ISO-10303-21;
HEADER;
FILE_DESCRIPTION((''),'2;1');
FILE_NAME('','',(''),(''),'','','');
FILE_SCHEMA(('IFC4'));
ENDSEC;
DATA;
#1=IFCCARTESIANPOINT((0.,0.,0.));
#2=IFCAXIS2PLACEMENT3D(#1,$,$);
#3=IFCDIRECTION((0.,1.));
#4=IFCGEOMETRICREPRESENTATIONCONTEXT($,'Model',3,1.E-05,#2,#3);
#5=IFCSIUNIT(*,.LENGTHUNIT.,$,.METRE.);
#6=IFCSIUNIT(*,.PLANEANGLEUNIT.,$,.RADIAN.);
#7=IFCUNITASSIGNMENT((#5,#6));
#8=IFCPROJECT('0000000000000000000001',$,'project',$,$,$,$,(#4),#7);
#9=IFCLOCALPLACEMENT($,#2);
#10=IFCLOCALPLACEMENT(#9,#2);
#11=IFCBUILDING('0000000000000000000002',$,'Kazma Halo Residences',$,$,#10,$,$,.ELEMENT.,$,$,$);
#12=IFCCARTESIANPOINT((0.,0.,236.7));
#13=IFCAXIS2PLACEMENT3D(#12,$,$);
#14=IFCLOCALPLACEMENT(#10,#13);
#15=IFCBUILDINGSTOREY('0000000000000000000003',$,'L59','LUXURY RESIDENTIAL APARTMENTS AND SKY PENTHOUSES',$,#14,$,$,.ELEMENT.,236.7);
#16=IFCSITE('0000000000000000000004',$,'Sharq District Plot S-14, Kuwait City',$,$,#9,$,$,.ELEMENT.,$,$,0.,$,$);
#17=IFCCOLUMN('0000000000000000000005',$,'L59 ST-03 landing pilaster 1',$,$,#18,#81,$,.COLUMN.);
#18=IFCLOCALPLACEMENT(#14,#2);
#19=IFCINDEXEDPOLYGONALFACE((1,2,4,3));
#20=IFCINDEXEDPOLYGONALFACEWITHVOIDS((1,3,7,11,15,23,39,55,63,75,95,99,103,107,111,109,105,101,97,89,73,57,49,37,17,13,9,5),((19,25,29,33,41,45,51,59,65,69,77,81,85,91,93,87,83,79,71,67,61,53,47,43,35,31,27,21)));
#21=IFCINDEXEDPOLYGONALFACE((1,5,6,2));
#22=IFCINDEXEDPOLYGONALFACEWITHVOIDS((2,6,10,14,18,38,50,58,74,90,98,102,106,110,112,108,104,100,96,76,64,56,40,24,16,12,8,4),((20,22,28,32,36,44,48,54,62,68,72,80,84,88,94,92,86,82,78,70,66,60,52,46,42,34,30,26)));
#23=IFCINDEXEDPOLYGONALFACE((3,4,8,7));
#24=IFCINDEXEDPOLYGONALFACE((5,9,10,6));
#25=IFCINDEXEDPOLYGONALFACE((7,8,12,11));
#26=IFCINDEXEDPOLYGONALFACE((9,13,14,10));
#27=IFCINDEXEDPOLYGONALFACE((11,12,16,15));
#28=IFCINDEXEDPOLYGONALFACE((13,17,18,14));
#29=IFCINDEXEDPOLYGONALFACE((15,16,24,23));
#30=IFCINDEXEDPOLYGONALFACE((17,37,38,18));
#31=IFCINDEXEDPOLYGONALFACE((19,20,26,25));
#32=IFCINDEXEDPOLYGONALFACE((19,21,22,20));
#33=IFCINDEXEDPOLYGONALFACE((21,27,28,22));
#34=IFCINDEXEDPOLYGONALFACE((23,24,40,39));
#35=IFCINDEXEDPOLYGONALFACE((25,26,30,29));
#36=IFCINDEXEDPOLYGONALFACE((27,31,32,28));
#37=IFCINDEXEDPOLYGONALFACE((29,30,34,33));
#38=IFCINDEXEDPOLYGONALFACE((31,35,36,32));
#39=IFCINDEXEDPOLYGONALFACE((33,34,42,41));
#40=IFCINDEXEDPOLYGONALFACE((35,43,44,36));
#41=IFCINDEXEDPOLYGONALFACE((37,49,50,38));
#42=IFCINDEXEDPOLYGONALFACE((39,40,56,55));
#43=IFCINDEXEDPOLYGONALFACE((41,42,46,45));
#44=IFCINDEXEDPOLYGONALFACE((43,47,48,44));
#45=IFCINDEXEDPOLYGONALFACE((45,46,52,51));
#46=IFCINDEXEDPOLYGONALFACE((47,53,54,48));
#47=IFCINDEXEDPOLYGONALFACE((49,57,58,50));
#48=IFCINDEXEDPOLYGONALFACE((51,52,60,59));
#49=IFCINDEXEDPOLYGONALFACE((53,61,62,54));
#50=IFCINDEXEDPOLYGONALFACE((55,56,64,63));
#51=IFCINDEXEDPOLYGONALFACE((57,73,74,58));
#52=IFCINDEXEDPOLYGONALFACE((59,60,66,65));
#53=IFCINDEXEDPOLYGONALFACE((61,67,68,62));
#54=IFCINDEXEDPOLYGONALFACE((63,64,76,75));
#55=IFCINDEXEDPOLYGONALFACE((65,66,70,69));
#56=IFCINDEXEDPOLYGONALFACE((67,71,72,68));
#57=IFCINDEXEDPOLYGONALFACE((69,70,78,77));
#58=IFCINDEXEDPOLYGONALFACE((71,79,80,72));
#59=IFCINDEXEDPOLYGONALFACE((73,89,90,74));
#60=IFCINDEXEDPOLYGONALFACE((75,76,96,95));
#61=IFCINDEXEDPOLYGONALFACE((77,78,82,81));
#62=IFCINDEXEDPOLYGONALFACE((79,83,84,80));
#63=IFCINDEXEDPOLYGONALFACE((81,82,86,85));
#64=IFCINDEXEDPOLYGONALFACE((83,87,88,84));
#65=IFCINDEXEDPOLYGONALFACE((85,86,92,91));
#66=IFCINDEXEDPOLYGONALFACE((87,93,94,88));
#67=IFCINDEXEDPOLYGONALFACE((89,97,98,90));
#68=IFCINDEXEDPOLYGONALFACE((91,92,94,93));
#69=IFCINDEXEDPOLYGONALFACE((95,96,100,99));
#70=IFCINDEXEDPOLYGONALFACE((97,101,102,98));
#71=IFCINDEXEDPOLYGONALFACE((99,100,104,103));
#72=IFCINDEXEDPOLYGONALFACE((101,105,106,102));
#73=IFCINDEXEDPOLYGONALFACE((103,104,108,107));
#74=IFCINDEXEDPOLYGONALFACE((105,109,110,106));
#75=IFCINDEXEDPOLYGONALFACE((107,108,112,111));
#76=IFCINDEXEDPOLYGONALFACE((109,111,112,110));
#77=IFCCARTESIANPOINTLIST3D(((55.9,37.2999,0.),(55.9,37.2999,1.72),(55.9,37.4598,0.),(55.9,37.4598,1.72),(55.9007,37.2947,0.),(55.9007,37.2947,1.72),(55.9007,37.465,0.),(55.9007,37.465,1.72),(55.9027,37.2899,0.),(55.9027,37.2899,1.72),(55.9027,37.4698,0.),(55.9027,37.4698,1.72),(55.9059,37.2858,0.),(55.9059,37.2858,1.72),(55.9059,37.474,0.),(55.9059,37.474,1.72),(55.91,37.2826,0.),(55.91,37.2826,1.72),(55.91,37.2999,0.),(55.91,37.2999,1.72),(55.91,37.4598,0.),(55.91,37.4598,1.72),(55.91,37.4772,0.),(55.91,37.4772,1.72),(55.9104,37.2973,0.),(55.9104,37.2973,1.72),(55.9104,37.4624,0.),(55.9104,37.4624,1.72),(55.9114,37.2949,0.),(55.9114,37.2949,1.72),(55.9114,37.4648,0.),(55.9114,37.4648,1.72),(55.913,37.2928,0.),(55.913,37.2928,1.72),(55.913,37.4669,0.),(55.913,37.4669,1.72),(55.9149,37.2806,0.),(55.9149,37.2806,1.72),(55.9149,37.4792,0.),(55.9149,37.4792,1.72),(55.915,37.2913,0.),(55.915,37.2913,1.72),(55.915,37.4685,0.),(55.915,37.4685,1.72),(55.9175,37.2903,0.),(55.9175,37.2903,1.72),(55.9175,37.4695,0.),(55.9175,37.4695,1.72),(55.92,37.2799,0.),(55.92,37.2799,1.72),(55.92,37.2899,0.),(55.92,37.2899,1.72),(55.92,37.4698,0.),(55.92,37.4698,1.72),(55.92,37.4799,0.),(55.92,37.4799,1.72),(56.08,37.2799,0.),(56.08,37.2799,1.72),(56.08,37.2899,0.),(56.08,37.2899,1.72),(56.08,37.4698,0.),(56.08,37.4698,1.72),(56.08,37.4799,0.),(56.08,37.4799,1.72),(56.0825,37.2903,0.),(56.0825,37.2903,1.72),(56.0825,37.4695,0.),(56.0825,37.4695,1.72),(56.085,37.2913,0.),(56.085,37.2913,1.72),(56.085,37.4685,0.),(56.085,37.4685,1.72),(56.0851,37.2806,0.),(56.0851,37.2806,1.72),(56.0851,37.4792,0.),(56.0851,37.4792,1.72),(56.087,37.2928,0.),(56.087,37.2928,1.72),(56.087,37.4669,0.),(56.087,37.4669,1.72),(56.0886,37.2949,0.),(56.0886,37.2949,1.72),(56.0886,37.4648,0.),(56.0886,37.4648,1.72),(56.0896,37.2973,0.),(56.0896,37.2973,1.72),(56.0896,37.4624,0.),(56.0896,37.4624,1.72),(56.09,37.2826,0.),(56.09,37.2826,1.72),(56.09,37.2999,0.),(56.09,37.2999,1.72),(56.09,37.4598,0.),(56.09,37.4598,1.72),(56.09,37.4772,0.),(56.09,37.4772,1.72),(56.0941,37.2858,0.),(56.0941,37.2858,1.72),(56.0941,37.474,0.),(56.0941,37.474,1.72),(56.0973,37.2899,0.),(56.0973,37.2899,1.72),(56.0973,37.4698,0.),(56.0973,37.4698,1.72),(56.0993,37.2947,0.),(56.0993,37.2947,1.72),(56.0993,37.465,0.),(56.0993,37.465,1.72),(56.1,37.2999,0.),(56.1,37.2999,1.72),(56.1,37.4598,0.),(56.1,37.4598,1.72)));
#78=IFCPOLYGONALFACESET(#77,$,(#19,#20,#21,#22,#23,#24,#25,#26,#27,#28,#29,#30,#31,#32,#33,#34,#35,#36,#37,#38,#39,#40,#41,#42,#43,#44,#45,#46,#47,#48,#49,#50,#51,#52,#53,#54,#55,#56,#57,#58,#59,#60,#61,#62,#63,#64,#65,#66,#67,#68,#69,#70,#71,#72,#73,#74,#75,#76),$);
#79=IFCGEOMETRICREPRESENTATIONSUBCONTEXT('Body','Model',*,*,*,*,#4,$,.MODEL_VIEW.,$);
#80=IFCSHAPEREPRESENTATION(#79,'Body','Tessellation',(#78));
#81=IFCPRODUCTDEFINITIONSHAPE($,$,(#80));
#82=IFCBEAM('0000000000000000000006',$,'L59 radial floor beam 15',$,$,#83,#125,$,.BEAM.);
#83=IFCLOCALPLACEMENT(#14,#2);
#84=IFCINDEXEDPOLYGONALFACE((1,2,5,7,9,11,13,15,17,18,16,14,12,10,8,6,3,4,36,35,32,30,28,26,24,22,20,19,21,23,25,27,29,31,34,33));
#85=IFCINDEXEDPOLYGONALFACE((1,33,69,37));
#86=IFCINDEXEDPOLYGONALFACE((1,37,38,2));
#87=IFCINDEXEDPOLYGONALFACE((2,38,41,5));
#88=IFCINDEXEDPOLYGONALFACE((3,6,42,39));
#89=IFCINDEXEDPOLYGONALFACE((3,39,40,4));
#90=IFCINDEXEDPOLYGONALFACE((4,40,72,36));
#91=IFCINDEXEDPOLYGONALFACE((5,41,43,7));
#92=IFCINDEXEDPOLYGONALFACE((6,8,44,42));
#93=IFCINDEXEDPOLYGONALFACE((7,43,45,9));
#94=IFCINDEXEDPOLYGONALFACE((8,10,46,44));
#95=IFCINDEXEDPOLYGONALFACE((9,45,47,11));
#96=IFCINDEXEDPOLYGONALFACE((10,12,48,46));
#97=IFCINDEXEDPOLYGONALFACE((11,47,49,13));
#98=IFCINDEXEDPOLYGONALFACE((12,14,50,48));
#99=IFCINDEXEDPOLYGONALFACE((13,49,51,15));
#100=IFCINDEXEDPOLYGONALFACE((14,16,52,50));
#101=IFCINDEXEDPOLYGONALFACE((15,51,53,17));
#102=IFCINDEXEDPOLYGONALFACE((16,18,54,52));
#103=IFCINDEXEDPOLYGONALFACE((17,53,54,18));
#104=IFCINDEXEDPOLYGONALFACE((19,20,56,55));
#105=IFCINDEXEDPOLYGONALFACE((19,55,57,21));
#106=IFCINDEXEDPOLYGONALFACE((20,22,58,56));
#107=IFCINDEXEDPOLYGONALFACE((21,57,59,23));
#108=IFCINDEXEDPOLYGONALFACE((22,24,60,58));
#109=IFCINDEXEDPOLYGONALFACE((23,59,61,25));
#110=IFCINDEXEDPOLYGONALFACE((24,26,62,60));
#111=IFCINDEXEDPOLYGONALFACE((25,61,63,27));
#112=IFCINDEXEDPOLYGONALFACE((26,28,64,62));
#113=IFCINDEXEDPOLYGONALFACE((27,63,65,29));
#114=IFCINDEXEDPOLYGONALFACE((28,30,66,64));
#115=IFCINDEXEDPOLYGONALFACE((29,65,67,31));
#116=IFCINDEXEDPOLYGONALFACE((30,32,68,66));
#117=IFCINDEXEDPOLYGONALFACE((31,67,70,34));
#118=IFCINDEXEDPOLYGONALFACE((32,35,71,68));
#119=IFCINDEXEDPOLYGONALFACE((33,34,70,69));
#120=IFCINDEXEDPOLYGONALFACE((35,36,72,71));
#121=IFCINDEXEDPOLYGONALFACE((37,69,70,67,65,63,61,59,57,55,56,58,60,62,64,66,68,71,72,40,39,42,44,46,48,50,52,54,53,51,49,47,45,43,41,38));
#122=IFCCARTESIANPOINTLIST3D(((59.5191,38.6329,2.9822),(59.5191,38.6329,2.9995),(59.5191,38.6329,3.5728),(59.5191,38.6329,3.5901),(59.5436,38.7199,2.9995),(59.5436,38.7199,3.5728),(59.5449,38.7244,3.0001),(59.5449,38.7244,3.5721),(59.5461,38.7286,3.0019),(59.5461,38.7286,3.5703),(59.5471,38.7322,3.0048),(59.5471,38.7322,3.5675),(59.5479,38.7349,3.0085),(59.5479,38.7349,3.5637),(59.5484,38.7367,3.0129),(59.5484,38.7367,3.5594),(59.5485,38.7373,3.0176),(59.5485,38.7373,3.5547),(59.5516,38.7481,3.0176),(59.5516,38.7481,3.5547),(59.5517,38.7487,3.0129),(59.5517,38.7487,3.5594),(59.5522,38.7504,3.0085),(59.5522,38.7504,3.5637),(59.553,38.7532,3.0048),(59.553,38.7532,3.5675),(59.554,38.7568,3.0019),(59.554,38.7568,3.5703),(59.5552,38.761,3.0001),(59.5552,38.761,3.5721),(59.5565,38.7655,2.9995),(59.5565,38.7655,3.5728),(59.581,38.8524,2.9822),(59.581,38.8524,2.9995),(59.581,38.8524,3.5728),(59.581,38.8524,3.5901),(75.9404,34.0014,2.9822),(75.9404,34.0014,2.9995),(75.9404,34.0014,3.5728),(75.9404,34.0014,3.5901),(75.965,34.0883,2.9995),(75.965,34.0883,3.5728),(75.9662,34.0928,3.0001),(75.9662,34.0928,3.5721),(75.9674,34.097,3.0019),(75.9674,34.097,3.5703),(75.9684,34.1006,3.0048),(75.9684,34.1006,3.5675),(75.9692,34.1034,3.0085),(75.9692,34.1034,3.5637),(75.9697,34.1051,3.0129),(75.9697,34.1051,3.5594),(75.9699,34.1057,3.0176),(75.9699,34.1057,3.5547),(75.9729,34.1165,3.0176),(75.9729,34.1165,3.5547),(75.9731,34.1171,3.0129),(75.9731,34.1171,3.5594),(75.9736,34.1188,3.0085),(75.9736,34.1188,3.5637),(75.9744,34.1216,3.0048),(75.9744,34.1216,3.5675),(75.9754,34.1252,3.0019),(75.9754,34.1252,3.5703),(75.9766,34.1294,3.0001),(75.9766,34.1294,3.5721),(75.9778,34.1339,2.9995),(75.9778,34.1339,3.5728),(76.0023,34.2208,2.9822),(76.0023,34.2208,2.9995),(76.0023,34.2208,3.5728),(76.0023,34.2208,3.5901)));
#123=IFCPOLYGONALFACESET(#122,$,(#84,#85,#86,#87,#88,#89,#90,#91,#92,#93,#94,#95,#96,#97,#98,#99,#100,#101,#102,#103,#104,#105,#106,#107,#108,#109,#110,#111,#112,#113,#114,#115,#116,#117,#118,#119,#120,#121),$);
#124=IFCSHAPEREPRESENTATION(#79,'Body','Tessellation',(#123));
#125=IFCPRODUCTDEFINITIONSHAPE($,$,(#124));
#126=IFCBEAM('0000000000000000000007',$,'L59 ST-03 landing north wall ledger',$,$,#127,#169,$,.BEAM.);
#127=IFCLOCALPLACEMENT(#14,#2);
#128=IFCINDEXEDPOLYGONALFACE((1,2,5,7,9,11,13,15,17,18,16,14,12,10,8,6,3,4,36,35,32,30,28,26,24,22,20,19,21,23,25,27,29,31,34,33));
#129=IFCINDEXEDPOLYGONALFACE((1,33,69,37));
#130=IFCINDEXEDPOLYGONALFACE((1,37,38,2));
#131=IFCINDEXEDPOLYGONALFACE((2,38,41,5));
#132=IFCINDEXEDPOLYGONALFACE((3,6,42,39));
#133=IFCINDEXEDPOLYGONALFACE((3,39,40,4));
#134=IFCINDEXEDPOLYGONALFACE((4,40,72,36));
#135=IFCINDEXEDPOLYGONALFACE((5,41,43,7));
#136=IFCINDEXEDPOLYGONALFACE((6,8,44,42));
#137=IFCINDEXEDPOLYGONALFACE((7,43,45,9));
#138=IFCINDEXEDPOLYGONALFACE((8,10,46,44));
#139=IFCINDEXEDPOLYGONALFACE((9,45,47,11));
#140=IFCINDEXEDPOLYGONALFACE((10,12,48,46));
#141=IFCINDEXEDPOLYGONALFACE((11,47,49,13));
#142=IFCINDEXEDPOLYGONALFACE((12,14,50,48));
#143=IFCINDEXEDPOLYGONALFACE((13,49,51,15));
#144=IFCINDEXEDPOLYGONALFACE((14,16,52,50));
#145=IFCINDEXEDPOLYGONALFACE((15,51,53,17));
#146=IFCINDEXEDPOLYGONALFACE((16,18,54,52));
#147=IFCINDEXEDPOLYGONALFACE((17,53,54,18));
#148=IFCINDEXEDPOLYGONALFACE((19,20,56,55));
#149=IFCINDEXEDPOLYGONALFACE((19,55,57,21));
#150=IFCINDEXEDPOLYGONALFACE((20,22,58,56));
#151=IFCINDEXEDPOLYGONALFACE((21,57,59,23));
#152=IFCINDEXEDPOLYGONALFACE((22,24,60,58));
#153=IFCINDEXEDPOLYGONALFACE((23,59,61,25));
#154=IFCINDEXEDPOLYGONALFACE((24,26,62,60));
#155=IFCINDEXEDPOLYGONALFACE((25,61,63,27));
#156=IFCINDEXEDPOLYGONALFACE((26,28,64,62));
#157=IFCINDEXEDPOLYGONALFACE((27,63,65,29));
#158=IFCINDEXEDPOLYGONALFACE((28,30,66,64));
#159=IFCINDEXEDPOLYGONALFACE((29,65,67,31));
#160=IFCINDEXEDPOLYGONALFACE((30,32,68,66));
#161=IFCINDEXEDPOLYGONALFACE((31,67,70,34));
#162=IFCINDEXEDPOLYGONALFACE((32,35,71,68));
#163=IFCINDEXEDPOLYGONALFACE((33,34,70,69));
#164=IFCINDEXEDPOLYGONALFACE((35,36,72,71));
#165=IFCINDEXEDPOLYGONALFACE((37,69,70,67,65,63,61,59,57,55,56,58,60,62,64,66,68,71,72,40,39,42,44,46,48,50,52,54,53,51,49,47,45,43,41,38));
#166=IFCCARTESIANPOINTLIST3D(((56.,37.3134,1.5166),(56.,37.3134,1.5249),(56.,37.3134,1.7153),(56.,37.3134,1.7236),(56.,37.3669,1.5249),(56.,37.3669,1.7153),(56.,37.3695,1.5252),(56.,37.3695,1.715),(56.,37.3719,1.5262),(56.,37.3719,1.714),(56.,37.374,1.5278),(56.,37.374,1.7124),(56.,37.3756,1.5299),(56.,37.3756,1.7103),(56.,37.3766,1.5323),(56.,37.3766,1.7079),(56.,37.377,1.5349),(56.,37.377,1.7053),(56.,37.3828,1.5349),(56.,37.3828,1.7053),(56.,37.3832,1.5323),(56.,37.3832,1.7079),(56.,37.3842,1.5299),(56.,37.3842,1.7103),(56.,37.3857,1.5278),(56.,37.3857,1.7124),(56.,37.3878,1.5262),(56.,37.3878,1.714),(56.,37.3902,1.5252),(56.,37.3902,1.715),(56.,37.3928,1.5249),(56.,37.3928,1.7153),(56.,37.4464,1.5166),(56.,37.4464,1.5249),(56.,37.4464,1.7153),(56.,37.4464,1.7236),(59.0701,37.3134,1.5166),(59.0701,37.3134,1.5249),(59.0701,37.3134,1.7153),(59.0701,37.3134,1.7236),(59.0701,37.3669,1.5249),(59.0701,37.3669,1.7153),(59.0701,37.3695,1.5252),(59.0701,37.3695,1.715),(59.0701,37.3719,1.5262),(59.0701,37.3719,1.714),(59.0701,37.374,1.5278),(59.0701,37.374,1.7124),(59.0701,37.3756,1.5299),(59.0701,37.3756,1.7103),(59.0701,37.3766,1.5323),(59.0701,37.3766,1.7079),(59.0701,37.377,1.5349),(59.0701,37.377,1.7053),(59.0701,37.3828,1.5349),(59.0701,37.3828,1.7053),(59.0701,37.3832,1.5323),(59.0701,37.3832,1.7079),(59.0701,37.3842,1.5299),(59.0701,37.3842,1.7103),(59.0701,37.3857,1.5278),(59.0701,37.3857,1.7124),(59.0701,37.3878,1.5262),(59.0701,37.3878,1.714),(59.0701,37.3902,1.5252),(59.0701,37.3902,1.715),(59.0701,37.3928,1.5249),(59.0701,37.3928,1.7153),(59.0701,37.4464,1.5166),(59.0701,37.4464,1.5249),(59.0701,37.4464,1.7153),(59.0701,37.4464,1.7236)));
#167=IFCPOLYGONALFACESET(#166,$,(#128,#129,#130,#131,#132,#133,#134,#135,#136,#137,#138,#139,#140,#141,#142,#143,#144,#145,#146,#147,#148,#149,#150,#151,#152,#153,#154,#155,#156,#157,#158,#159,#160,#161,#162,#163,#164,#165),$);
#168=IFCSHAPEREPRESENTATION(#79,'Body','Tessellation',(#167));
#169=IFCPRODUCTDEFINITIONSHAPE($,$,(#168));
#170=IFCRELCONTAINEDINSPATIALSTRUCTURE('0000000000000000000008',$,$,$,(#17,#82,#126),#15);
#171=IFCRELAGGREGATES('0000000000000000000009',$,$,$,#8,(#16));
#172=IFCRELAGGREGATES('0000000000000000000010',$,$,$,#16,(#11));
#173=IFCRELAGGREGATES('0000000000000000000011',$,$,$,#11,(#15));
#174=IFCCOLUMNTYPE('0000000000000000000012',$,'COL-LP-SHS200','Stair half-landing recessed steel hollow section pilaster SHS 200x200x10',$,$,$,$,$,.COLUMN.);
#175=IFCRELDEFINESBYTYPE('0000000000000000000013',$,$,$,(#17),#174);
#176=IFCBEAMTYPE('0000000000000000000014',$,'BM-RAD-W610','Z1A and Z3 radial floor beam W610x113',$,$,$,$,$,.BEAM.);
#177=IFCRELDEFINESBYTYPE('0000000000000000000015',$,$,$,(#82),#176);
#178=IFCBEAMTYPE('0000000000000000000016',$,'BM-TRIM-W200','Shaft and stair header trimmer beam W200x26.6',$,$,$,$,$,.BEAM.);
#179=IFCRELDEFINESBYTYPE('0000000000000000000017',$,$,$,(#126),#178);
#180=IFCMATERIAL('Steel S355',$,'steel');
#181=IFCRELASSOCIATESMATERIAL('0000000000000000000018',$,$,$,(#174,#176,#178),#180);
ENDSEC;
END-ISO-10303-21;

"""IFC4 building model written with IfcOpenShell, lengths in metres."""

from ifc_helpers import new_model, si_unit, direction, frame, origin, origin_2d, place, context, subcontext, project, spatial, hollow_rectangle, i_section, extrude, material, material_profile, profile_set, type_object, element, save


model = new_model("IFC4")

# Units and contexts
model_context = context("Model", 3, precision=1e-05, world=origin(), true_north=direction((0.0, 1.0)))
body_context = subcontext(model_context, "Body", "Model", "MODEL_VIEW")
ifc_project = project(units=[si_unit("LENGTHUNIT", "METRE"), si_unit("PLANEANGLEUNIT", "RADIAN")], contexts=[model_context])

# Site, building, storey
site_placement = place(None, origin())
site = spatial("IfcSite", under=ifc_project, at=site_placement, Name="Sharq District Plot S-14, Kuwait City", CompositionType="ELEMENT", RefElevation=0.0)
building_placement = place(site_placement, origin())
building = spatial("IfcBuilding", under=site, at=building_placement, Name="Kazma Halo Residences", CompositionType="ELEMENT")
storey_placement = place(building_placement, frame((0.0, 0.0, 236.7)))
storey = spatial("IfcBuildingStorey", under=building, at=storey_placement, Name="L59", Description="LUXURY RESIDENTIAL APARTMENTS AND SKY PENTHOUSES", CompositionType="ELEMENT", Elevation=236.7)

# Column
ifc_material_1 = material(Name="Steel S355", Category="steel")
ifc_material_profile_1 = material_profile(ifc_material_1, hollow_rectangle(XDim=0.2, YDim=0.2, WallThickness=0.01, InnerFilletRadius=0.01, OuterFilletRadius=0.02, at=origin_2d()), Name="SHS200x200x10")
ifc_profile_set_1 = profile_set([ifc_material_profile_1], Name="Steel S355")
column_type = type_object("IfcColumnType", Name="COL-LP-SHS200", Description="Stair half-landing recessed steel hollow section pilaster SHS 200x200x10", PredefinedType="COLUMN", material=ifc_profile_set_1)
column_placement = place(storey_placement, frame((56.0, 37.3799, 0.0), z_axis=(0.0, 0.0, 1.0), x_axis=(1.0, 0.0, 0.0)))
element("IfcColumn", 1, at=column_placement, inside=storey, type_object=column_type, Name="L59 ST-03 landing pilaster 1", PredefinedType="COLUMN", context=body_context, shape_type="SweptSolid", body=[
    extrude(hollow_rectangle(XDim=0.2, YDim=0.2, WallThickness=0.01, InnerFilletRadius=0.01, OuterFilletRadius=0.02, at=origin_2d()), origin(), (0.0, 0.0, 1.0), 1.72),
])

# Beams
ifc_material_profile_2 = material_profile(ifc_material_1, i_section(OverallWidth=0.228, OverallDepth=0.6079, WebThickness=0.0112, FlangeThickness=0.0173, FilletRadius=0.0181, at=origin_2d()), Name="W610x113")
ifc_profile_set_2 = profile_set([ifc_material_profile_2], Name="Steel S355")
beam_type_1 = type_object("IfcBeamType", Name="BM-RAD-W610", Description="Z1A and Z3 radial floor beam W610x113", PredefinedType="BEAM", material=ifc_profile_set_2)
beam_1_placement = place(storey_placement, frame((59.55, 38.7427, 3.2861), z_axis=(0.962451, -0.271456, 0.0), x_axis=(0.271456, 0.962451, 0.0)))
element("IfcBeam", 2, at=beam_1_placement, inside=storey, type_object=beam_type_1, Name="L59 radial floor beam 15", PredefinedType="BEAM", context=body_context, shape_type="SweptSolid", body=[
    extrude(i_section(OverallWidth=0.228, OverallDepth=0.6079, WebThickness=0.0112, FlangeThickness=0.0173, FilletRadius=0.0181, at=origin_2d()), origin(), (0.0, 0.0, 1.0), 17.062),
])
ifc_material_profile_3 = material_profile(ifc_material_1, i_section(OverallWidth=0.1331, OverallDepth=0.207, WebThickness=0.0059, FlangeThickness=0.0083, FilletRadius=0.01, at=origin_2d()), Name="W200x26.6")
ifc_profile_set_3 = profile_set([ifc_material_profile_3], Name="Steel S355")
beam_type_2 = type_object("IfcBeamType", Name="BM-TRIM-W200", Description="Shaft and stair header trimmer beam W200x26.6", PredefinedType="BEAM", material=ifc_profile_set_3)
beam_2_placement = place(storey_placement, frame((56.0, 37.3799, 1.6201), z_axis=(1.0, 0.0, 0.0), x_axis=(0.0, 1.0, 0.0)))
element("IfcBeam", 3, at=beam_2_placement, inside=storey, type_object=beam_type_2, Name="L59 ST-03 landing north wall ledger", PredefinedType="BEAM", context=body_context, shape_type="SweptSolid", body=[
    extrude(i_section(OverallWidth=0.1331, OverallDepth=0.207, WebThickness=0.0059, FlangeThickness=0.0083, FilletRadius=0.01, at=origin_2d()), origin(), (0.0, 0.0, 1.0), 3.0701),
])

save(model, "model.ifc")
